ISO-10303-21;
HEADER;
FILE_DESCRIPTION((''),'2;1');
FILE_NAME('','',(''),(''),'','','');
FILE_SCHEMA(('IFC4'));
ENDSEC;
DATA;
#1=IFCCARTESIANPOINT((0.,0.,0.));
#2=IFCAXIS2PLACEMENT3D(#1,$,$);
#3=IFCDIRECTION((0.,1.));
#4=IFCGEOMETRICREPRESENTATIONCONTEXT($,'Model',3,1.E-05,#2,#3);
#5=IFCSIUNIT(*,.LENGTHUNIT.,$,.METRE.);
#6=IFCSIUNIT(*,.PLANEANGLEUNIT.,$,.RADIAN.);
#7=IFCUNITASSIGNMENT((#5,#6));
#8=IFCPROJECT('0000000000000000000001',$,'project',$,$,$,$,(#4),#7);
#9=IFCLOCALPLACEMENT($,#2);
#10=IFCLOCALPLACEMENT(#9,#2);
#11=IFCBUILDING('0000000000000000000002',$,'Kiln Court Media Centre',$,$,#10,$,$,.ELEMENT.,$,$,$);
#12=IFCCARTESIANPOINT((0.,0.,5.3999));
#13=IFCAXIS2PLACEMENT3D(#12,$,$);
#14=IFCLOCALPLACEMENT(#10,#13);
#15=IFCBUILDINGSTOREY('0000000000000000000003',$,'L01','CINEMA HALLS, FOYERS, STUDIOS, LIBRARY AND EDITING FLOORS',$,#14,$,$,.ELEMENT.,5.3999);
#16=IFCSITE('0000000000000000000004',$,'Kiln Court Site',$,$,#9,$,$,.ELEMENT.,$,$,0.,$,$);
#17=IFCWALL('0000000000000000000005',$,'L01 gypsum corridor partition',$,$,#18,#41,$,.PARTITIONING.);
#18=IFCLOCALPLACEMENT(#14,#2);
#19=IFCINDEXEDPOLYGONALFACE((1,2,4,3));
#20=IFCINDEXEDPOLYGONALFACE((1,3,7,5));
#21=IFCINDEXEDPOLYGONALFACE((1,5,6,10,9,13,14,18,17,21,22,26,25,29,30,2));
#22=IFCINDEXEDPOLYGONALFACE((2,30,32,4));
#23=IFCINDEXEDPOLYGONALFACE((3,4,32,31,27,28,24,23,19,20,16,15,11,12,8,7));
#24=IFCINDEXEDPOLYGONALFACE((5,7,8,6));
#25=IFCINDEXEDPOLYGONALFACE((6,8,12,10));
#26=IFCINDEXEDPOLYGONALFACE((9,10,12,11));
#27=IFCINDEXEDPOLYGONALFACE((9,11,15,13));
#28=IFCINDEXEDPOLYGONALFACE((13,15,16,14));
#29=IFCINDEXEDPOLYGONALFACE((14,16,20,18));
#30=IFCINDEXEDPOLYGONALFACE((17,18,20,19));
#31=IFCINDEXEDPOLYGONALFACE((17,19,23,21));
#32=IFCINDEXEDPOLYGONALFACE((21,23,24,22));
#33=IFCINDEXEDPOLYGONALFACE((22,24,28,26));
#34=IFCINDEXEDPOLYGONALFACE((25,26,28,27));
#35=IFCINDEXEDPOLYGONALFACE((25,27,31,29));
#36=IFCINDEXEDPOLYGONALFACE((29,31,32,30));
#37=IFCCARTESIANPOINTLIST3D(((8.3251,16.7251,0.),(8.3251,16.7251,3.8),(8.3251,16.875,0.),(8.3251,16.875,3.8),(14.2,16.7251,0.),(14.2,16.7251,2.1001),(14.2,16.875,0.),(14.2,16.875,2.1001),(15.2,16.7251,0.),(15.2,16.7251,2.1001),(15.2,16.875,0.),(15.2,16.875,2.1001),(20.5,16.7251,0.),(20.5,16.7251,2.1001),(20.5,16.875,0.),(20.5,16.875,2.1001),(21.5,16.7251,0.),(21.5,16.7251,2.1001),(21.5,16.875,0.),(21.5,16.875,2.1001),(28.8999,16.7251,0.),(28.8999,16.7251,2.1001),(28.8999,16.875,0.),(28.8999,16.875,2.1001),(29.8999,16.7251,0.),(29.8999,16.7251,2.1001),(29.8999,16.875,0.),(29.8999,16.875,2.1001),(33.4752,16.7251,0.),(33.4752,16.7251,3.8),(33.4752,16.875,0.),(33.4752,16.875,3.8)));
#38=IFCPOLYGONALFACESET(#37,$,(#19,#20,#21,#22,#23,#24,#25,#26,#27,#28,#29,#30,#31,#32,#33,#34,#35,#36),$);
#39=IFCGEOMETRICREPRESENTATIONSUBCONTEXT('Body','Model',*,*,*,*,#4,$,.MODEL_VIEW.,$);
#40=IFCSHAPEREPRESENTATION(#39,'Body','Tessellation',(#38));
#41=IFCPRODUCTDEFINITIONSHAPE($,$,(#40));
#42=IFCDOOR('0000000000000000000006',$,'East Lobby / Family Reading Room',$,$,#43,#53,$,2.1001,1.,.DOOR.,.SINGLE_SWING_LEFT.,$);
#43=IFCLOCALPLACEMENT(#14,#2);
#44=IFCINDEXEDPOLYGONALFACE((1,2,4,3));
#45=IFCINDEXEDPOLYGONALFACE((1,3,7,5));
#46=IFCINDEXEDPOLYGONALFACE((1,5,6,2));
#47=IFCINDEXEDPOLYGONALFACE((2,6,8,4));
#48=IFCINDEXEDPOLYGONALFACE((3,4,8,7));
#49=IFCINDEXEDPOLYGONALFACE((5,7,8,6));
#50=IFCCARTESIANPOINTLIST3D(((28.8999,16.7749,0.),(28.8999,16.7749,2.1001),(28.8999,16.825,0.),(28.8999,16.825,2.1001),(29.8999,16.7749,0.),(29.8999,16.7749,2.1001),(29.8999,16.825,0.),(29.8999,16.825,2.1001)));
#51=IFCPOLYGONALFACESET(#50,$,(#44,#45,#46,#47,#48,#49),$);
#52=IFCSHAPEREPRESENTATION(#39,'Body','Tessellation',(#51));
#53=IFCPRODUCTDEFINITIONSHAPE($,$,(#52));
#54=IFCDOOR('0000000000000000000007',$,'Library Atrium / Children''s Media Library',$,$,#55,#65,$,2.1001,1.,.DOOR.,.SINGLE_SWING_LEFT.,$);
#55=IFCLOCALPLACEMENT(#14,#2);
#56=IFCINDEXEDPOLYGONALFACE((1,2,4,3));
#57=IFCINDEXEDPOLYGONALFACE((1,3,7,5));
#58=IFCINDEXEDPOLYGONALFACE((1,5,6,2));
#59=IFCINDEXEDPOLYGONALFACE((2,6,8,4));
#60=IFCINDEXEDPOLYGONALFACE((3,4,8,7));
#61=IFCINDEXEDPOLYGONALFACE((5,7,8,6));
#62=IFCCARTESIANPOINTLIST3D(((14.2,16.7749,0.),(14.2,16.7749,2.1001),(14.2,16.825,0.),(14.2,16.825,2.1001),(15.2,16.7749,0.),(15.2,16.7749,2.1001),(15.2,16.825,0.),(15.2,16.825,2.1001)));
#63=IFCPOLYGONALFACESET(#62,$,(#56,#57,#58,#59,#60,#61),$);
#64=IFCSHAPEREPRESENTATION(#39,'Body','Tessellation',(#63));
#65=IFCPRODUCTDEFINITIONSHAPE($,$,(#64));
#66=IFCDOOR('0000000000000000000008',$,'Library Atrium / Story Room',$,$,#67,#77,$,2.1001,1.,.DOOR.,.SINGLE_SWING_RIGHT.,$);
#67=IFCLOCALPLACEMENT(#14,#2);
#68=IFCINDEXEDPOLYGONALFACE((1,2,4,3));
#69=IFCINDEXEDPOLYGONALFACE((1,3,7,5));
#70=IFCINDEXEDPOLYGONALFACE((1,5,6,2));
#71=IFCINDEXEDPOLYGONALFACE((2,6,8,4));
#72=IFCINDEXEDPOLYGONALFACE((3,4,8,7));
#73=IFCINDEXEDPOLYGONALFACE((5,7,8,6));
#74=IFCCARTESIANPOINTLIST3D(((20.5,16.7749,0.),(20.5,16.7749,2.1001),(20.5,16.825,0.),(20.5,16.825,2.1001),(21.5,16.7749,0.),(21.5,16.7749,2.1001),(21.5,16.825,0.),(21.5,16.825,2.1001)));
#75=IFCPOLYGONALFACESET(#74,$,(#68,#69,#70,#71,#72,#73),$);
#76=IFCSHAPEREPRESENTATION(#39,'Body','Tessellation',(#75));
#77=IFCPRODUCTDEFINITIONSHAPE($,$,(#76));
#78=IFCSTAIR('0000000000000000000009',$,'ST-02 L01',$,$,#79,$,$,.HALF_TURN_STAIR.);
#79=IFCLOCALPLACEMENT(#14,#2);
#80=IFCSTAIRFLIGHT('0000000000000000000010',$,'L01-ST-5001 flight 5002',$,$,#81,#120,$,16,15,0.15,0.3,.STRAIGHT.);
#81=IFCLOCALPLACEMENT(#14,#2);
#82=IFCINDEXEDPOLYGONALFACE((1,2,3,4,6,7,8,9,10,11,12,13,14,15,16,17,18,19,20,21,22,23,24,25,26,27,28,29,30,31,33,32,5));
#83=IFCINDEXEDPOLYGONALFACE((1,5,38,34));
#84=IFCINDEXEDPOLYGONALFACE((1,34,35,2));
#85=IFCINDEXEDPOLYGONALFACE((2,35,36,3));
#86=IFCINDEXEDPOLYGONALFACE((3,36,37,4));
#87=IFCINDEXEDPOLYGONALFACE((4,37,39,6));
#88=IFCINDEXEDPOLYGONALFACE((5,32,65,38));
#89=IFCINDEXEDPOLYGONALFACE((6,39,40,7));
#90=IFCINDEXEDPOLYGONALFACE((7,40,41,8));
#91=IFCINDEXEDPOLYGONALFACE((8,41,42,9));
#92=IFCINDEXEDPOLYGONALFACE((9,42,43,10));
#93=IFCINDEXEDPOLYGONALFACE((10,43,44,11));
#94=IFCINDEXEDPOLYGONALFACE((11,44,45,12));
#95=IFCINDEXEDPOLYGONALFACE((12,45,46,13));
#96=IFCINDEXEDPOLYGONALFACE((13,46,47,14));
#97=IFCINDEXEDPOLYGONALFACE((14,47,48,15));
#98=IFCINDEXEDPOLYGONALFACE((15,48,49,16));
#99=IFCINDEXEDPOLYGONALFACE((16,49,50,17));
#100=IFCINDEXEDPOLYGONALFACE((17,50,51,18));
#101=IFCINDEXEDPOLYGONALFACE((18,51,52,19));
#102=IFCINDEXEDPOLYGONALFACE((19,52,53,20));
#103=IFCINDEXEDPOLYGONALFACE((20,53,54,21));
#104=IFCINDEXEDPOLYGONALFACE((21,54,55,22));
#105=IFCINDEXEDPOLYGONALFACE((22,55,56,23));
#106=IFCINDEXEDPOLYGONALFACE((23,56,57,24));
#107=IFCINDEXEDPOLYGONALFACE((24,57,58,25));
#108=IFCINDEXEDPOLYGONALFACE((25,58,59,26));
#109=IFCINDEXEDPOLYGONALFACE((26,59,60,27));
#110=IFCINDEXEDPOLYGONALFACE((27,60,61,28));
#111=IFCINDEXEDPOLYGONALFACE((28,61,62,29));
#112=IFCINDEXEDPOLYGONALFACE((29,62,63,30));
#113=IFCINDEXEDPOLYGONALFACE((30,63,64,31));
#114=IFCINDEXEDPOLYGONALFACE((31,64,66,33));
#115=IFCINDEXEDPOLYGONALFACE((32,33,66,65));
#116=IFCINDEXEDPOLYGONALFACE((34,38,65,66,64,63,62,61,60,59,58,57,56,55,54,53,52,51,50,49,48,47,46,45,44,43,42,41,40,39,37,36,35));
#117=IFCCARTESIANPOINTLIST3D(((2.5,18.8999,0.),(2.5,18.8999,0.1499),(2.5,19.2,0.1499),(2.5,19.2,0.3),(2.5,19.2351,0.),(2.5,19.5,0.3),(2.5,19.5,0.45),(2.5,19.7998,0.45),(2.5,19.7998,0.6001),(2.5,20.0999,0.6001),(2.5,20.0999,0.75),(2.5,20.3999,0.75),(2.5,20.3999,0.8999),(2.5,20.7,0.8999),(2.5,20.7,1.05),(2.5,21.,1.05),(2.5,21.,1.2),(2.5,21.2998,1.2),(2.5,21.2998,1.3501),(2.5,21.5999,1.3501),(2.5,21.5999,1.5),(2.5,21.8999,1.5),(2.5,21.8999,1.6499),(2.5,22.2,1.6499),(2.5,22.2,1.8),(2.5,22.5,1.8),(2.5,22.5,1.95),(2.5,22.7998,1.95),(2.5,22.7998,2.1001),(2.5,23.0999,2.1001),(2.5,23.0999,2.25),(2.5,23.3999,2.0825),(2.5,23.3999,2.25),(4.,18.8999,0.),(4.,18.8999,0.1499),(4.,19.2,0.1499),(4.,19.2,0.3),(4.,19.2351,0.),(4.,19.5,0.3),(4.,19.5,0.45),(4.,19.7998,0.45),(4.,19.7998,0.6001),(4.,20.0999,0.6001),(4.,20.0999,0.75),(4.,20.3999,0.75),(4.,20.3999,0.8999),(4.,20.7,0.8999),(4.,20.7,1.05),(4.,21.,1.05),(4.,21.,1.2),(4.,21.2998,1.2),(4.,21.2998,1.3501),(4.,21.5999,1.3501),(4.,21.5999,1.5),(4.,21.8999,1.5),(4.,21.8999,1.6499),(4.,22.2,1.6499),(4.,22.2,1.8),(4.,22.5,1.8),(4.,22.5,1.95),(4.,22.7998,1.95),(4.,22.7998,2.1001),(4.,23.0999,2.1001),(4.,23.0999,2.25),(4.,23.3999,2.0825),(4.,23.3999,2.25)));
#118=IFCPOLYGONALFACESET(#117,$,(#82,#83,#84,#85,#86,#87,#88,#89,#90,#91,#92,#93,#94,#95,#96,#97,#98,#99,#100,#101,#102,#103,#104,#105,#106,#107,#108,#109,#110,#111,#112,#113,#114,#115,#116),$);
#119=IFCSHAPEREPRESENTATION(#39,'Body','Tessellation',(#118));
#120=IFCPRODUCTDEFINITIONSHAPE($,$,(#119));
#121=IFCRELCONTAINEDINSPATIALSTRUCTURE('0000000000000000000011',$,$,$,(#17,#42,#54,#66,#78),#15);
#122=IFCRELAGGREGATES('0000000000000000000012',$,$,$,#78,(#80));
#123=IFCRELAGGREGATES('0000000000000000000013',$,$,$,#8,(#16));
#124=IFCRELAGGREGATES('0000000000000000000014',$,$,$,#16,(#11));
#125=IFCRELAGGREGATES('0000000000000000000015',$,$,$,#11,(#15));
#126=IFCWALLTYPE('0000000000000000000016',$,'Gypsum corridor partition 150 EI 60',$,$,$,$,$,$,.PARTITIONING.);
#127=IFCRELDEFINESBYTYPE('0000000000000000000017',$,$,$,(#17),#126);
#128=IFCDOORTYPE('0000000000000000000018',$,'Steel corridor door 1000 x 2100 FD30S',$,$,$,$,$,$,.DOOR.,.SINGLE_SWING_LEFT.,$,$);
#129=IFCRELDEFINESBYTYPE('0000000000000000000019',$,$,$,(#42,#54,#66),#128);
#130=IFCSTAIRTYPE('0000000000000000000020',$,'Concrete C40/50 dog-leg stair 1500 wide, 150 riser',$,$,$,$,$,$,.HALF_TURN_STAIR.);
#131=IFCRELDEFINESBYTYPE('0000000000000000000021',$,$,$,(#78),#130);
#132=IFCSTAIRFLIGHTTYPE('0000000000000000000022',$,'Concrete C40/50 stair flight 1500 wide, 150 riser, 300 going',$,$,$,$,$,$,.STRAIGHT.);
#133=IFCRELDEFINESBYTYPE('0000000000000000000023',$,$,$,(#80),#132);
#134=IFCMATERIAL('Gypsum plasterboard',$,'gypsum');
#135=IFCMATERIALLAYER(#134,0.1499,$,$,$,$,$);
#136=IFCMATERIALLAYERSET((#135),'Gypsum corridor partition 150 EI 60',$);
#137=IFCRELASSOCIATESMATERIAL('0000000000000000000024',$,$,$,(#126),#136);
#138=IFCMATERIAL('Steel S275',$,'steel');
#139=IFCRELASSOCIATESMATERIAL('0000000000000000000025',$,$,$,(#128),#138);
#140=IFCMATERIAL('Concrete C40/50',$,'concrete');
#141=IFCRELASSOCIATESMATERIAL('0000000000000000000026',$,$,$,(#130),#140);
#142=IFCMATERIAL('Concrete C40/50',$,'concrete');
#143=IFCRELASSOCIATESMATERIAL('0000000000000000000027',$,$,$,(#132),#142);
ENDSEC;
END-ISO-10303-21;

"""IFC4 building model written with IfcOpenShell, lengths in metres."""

from ifc_helpers import new_model, si_unit, direction, frame, frame_2d, origin, place, context, subcontext, project, spatial, polyline, rectangle, outline, extrude, material, layer, layer_set, type_object, element, fill, aggregate, save


model = new_model("IFC4")

# Units and contexts
model_context = context("Model", 3, precision=1e-05, world=origin(), true_north=direction((0.0, 1.0)))
body_context = subcontext(model_context, "Body", "Model", "MODEL_VIEW")
ifc_project = project(units=[si_unit("LENGTHUNIT", "METRE"), si_unit("PLANEANGLEUNIT", "RADIAN")], contexts=[model_context])

# Site, building, storey
site_placement = place(None, origin())
site = spatial("IfcSite", under=ifc_project, at=site_placement, Name="Kiln Court Site", CompositionType="ELEMENT", RefElevation=0.0)
building_placement = place(site_placement, origin())
building = spatial("IfcBuilding", under=site, at=building_placement, Name="Kiln Court Media Centre", CompositionType="ELEMENT")
storey_placement = place(building_placement, frame((0.0, 0.0, 5.3999)))
storey = spatial("IfcBuildingStorey", under=building, at=storey_placement, Name="L01", Description="CINEMA HALLS, FOYERS, STUDIOS, LIBRARY AND EDITING FLOORS", CompositionType="ELEMENT", Elevation=5.3999)

# Wall, openings, doors
ifc_material_1 = material(Name="Gypsum plasterboard", Category="gypsum")
ifc_layer_1 = layer(ifc_material_1, 0.1499)
ifc_layer_set_1 = layer_set([ifc_layer_1], Name="Gypsum corridor partition 150 EI 60")
wall_type_1 = type_object("IfcWallType", Name="Gypsum corridor partition 150 EI 60", PredefinedType="PARTITIONING", material=ifc_layer_set_1)
wall_1_placement = place(storey_placement, frame((8.325, 16.8, 0.0), z_axis=(0.0, 0.0, 1.0), x_axis=(1.0, 0.0, 0.0)))
wall_1 = element("IfcWall", 1, at=wall_1_placement, inside=storey, type_object=wall_type_1, Name="L01 gypsum corridor partition", PredefinedType="PARTITIONING", context=body_context, shape_type="SweptSolid", body=[
    extrude(rectangle(XDim=25.1501, YDim=0.1499, at=frame_2d((12.5752, 0.0))), origin(), (0.0, 0.0, 1.0), 3.8),
])
opening_1_placement = place(wall_1_placement, frame((20.575, 0.0, 0.0)))
opening_1 = element("IfcOpeningElement", 2, at=opening_1_placement, cuts=wall_1, PredefinedType="OPENING", context=body_context, shape_type="SweptSolid", body=[
    extrude(rectangle(XDim=1.0, YDim=2.1001, at=frame_2d((0.5, 1.05))), frame((0.0, 0.085, 0.0), z_axis=(0.0, -1.0, 0.0), x_axis=(1.0, 0.0, 0.0)), (0.0, 0.0, 1.0), 0.1699),
])
opening_2_placement = place(wall_1_placement, frame((5.875, 0.0, 0.0)))
opening_2 = element("IfcOpeningElement", 3, at=opening_2_placement, cuts=wall_1, PredefinedType="OPENING", context=body_context, shape_type="SweptSolid", body=[
    extrude(rectangle(XDim=1.0, YDim=2.1001, at=frame_2d((0.5, 1.05))), frame((0.0, 0.085, 0.0), z_axis=(0.0, -1.0, 0.0), x_axis=(1.0, 0.0, 0.0)), (0.0, 0.0, 1.0), 0.1699),
])
opening_3_placement = place(wall_1_placement, frame((12.175, 0.0, 0.0)))
opening_3 = element("IfcOpeningElement", 4, at=opening_3_placement, cuts=wall_1, PredefinedType="OPENING", context=body_context, shape_type="SweptSolid", body=[
    extrude(rectangle(XDim=1.0, YDim=2.1001, at=frame_2d((0.5, 1.05))), frame((0.0, 0.085, 0.0), z_axis=(0.0, -1.0, 0.0), x_axis=(1.0, 0.0, 0.0)), (0.0, 0.0, 1.0), 0.1699),
])
ifc_material_2 = material(Name="Steel S275", Category="steel")
door_type = type_object("IfcDoorType", Name="Steel corridor door 1000 x 2100 FD30S", OperationType="SINGLE_SWING_LEFT", PredefinedType="DOOR", material=ifc_material_2)
door_1_placement = place(opening_1_placement, origin())
door_1 = element("IfcDoor", 5, at=door_1_placement, inside=storey, type_object=door_type, Name="East Lobby / Family Reading Room", OperationType="SINGLE_SWING_LEFT", OverallHeight=2.1001, OverallWidth=1.0, PredefinedType="DOOR", context=body_context, shape_type="SweptSolid", body=[
    extrude(rectangle(XDim=1.0, YDim=2.1001, at=frame_2d((0.5, 1.05))), frame((0.0, 0.0249, 0.0), z_axis=(0.0, -1.0, 0.0), x_axis=(1.0, 0.0, 0.0)), (0.0, 0.0, 1.0), 0.05),
])
fill(opening_1, door_1)
door_2_placement = place(opening_2_placement, origin())
door_2 = element("IfcDoor", 6, at=door_2_placement, inside=storey, type_object=door_type, Name="Library Atrium / Children's Media Library", OperationType="SINGLE_SWING_LEFT", OverallHeight=2.1001, OverallWidth=1.0, PredefinedType="DOOR", context=body_context, shape_type="SweptSolid", body=[
    extrude(rectangle(XDim=1.0, YDim=2.1001, at=frame_2d((0.5, 1.05))), frame((0.0, 0.0249, 0.0), z_axis=(0.0, -1.0, 0.0), x_axis=(1.0, 0.0, 0.0)), (0.0, 0.0, 1.0), 0.05),
])
fill(opening_2, door_2)
door_3_placement = place(opening_3_placement, origin())
door_3 = element("IfcDoor", 7, at=door_3_placement, inside=storey, type_object=door_type, Name="Library Atrium / Story Room", OperationType="SINGLE_SWING_RIGHT", OverallHeight=2.1001, OverallWidth=1.0, PredefinedType="DOOR", context=body_context, shape_type="SweptSolid", body=[
    extrude(rectangle(XDim=1.0, YDim=2.1001, at=frame_2d((0.5, 1.05))), frame((0.0, 0.0249, 0.0), z_axis=(0.0, -1.0, 0.0), x_axis=(1.0, 0.0, 0.0)), (0.0, 0.0, 1.0), 0.05),
])
fill(opening_3, door_3)

# Stair, stair flight
ifc_material_3 = material(Name="Concrete C40/50", Category="concrete")
stair_type = type_object("IfcStairType", Name="Concrete C40/50 dog-leg stair 1500 wide, 150 riser", PredefinedType="HALF_TURN_STAIR", material=ifc_material_3)
stair_placement = place(storey_placement, origin())
stair = element("IfcStair", 8, at=stair_placement, inside=storey, type_object=stair_type, Name="ST-02 L01", PredefinedType="HALF_TURN_STAIR")
ifc_material_4 = material(Name="Concrete C40/50", Category="concrete")
stair_flight_type = type_object("IfcStairFlightType", Name="Concrete C40/50 stair flight 1500 wide, 150 riser, 300 going", PredefinedType="STRAIGHT", material=ifc_material_4)
stair_flight_placement = place(storey_placement, frame((3.25, 18.8999, 0.0), z_axis=(0.0, 0.0, 1.0), x_axis=(0.0, 1.0, 0.0)))
stair_flight = element("IfcStairFlight", 9, at=stair_flight_placement, type_object=stair_flight_type, Name="L01-ST-5001 flight 5002", NumberOfRisers=16, NumberOfTreads=15, PredefinedType="STRAIGHT", RiserHeight=0.15, TreadLength=0.3, context=body_context, shape_type="SweptSolid", body=[
    extrude(outline(polyline([(0.0, 0.0), (0.0, 0.1499), (0.3, 0.1499), (0.3, 0.3), (0.6001, 0.3), (0.6001, 0.45), (0.8999, 0.45), (0.8999, 0.6001), (1.2, 0.6001), (1.2, 0.75), (1.5, 0.75), (1.5, 0.8999), (1.8, 0.8999), (1.8, 1.05), (2.1001, 1.05), (2.1001, 1.2), (2.3999, 1.2), (2.3999, 1.3501), (2.7, 1.3501), (2.7, 1.5), (3.0, 1.5), (3.0, 1.6499), (3.3, 1.6499), (3.3, 1.8), (3.6001, 1.8), (3.6001, 1.95), (3.8999, 1.95), (3.8999, 2.1001), (4.2, 2.1001), (4.2, 2.25), (4.5, 2.25), (4.5, 2.3999), (4.5, 2.0825), (0.3352, 0.0), (0.0, 0.0)])), frame((0.0, 0.75, 0.0), z_axis=(0.0, -1.0, 0.0), x_axis=(1.0, 0.0, 0.0)), (0.0, 0.0, 1.0), 1.5),
])
aggregate(stair, [stair_flight])

save(model, "model.ifc")
